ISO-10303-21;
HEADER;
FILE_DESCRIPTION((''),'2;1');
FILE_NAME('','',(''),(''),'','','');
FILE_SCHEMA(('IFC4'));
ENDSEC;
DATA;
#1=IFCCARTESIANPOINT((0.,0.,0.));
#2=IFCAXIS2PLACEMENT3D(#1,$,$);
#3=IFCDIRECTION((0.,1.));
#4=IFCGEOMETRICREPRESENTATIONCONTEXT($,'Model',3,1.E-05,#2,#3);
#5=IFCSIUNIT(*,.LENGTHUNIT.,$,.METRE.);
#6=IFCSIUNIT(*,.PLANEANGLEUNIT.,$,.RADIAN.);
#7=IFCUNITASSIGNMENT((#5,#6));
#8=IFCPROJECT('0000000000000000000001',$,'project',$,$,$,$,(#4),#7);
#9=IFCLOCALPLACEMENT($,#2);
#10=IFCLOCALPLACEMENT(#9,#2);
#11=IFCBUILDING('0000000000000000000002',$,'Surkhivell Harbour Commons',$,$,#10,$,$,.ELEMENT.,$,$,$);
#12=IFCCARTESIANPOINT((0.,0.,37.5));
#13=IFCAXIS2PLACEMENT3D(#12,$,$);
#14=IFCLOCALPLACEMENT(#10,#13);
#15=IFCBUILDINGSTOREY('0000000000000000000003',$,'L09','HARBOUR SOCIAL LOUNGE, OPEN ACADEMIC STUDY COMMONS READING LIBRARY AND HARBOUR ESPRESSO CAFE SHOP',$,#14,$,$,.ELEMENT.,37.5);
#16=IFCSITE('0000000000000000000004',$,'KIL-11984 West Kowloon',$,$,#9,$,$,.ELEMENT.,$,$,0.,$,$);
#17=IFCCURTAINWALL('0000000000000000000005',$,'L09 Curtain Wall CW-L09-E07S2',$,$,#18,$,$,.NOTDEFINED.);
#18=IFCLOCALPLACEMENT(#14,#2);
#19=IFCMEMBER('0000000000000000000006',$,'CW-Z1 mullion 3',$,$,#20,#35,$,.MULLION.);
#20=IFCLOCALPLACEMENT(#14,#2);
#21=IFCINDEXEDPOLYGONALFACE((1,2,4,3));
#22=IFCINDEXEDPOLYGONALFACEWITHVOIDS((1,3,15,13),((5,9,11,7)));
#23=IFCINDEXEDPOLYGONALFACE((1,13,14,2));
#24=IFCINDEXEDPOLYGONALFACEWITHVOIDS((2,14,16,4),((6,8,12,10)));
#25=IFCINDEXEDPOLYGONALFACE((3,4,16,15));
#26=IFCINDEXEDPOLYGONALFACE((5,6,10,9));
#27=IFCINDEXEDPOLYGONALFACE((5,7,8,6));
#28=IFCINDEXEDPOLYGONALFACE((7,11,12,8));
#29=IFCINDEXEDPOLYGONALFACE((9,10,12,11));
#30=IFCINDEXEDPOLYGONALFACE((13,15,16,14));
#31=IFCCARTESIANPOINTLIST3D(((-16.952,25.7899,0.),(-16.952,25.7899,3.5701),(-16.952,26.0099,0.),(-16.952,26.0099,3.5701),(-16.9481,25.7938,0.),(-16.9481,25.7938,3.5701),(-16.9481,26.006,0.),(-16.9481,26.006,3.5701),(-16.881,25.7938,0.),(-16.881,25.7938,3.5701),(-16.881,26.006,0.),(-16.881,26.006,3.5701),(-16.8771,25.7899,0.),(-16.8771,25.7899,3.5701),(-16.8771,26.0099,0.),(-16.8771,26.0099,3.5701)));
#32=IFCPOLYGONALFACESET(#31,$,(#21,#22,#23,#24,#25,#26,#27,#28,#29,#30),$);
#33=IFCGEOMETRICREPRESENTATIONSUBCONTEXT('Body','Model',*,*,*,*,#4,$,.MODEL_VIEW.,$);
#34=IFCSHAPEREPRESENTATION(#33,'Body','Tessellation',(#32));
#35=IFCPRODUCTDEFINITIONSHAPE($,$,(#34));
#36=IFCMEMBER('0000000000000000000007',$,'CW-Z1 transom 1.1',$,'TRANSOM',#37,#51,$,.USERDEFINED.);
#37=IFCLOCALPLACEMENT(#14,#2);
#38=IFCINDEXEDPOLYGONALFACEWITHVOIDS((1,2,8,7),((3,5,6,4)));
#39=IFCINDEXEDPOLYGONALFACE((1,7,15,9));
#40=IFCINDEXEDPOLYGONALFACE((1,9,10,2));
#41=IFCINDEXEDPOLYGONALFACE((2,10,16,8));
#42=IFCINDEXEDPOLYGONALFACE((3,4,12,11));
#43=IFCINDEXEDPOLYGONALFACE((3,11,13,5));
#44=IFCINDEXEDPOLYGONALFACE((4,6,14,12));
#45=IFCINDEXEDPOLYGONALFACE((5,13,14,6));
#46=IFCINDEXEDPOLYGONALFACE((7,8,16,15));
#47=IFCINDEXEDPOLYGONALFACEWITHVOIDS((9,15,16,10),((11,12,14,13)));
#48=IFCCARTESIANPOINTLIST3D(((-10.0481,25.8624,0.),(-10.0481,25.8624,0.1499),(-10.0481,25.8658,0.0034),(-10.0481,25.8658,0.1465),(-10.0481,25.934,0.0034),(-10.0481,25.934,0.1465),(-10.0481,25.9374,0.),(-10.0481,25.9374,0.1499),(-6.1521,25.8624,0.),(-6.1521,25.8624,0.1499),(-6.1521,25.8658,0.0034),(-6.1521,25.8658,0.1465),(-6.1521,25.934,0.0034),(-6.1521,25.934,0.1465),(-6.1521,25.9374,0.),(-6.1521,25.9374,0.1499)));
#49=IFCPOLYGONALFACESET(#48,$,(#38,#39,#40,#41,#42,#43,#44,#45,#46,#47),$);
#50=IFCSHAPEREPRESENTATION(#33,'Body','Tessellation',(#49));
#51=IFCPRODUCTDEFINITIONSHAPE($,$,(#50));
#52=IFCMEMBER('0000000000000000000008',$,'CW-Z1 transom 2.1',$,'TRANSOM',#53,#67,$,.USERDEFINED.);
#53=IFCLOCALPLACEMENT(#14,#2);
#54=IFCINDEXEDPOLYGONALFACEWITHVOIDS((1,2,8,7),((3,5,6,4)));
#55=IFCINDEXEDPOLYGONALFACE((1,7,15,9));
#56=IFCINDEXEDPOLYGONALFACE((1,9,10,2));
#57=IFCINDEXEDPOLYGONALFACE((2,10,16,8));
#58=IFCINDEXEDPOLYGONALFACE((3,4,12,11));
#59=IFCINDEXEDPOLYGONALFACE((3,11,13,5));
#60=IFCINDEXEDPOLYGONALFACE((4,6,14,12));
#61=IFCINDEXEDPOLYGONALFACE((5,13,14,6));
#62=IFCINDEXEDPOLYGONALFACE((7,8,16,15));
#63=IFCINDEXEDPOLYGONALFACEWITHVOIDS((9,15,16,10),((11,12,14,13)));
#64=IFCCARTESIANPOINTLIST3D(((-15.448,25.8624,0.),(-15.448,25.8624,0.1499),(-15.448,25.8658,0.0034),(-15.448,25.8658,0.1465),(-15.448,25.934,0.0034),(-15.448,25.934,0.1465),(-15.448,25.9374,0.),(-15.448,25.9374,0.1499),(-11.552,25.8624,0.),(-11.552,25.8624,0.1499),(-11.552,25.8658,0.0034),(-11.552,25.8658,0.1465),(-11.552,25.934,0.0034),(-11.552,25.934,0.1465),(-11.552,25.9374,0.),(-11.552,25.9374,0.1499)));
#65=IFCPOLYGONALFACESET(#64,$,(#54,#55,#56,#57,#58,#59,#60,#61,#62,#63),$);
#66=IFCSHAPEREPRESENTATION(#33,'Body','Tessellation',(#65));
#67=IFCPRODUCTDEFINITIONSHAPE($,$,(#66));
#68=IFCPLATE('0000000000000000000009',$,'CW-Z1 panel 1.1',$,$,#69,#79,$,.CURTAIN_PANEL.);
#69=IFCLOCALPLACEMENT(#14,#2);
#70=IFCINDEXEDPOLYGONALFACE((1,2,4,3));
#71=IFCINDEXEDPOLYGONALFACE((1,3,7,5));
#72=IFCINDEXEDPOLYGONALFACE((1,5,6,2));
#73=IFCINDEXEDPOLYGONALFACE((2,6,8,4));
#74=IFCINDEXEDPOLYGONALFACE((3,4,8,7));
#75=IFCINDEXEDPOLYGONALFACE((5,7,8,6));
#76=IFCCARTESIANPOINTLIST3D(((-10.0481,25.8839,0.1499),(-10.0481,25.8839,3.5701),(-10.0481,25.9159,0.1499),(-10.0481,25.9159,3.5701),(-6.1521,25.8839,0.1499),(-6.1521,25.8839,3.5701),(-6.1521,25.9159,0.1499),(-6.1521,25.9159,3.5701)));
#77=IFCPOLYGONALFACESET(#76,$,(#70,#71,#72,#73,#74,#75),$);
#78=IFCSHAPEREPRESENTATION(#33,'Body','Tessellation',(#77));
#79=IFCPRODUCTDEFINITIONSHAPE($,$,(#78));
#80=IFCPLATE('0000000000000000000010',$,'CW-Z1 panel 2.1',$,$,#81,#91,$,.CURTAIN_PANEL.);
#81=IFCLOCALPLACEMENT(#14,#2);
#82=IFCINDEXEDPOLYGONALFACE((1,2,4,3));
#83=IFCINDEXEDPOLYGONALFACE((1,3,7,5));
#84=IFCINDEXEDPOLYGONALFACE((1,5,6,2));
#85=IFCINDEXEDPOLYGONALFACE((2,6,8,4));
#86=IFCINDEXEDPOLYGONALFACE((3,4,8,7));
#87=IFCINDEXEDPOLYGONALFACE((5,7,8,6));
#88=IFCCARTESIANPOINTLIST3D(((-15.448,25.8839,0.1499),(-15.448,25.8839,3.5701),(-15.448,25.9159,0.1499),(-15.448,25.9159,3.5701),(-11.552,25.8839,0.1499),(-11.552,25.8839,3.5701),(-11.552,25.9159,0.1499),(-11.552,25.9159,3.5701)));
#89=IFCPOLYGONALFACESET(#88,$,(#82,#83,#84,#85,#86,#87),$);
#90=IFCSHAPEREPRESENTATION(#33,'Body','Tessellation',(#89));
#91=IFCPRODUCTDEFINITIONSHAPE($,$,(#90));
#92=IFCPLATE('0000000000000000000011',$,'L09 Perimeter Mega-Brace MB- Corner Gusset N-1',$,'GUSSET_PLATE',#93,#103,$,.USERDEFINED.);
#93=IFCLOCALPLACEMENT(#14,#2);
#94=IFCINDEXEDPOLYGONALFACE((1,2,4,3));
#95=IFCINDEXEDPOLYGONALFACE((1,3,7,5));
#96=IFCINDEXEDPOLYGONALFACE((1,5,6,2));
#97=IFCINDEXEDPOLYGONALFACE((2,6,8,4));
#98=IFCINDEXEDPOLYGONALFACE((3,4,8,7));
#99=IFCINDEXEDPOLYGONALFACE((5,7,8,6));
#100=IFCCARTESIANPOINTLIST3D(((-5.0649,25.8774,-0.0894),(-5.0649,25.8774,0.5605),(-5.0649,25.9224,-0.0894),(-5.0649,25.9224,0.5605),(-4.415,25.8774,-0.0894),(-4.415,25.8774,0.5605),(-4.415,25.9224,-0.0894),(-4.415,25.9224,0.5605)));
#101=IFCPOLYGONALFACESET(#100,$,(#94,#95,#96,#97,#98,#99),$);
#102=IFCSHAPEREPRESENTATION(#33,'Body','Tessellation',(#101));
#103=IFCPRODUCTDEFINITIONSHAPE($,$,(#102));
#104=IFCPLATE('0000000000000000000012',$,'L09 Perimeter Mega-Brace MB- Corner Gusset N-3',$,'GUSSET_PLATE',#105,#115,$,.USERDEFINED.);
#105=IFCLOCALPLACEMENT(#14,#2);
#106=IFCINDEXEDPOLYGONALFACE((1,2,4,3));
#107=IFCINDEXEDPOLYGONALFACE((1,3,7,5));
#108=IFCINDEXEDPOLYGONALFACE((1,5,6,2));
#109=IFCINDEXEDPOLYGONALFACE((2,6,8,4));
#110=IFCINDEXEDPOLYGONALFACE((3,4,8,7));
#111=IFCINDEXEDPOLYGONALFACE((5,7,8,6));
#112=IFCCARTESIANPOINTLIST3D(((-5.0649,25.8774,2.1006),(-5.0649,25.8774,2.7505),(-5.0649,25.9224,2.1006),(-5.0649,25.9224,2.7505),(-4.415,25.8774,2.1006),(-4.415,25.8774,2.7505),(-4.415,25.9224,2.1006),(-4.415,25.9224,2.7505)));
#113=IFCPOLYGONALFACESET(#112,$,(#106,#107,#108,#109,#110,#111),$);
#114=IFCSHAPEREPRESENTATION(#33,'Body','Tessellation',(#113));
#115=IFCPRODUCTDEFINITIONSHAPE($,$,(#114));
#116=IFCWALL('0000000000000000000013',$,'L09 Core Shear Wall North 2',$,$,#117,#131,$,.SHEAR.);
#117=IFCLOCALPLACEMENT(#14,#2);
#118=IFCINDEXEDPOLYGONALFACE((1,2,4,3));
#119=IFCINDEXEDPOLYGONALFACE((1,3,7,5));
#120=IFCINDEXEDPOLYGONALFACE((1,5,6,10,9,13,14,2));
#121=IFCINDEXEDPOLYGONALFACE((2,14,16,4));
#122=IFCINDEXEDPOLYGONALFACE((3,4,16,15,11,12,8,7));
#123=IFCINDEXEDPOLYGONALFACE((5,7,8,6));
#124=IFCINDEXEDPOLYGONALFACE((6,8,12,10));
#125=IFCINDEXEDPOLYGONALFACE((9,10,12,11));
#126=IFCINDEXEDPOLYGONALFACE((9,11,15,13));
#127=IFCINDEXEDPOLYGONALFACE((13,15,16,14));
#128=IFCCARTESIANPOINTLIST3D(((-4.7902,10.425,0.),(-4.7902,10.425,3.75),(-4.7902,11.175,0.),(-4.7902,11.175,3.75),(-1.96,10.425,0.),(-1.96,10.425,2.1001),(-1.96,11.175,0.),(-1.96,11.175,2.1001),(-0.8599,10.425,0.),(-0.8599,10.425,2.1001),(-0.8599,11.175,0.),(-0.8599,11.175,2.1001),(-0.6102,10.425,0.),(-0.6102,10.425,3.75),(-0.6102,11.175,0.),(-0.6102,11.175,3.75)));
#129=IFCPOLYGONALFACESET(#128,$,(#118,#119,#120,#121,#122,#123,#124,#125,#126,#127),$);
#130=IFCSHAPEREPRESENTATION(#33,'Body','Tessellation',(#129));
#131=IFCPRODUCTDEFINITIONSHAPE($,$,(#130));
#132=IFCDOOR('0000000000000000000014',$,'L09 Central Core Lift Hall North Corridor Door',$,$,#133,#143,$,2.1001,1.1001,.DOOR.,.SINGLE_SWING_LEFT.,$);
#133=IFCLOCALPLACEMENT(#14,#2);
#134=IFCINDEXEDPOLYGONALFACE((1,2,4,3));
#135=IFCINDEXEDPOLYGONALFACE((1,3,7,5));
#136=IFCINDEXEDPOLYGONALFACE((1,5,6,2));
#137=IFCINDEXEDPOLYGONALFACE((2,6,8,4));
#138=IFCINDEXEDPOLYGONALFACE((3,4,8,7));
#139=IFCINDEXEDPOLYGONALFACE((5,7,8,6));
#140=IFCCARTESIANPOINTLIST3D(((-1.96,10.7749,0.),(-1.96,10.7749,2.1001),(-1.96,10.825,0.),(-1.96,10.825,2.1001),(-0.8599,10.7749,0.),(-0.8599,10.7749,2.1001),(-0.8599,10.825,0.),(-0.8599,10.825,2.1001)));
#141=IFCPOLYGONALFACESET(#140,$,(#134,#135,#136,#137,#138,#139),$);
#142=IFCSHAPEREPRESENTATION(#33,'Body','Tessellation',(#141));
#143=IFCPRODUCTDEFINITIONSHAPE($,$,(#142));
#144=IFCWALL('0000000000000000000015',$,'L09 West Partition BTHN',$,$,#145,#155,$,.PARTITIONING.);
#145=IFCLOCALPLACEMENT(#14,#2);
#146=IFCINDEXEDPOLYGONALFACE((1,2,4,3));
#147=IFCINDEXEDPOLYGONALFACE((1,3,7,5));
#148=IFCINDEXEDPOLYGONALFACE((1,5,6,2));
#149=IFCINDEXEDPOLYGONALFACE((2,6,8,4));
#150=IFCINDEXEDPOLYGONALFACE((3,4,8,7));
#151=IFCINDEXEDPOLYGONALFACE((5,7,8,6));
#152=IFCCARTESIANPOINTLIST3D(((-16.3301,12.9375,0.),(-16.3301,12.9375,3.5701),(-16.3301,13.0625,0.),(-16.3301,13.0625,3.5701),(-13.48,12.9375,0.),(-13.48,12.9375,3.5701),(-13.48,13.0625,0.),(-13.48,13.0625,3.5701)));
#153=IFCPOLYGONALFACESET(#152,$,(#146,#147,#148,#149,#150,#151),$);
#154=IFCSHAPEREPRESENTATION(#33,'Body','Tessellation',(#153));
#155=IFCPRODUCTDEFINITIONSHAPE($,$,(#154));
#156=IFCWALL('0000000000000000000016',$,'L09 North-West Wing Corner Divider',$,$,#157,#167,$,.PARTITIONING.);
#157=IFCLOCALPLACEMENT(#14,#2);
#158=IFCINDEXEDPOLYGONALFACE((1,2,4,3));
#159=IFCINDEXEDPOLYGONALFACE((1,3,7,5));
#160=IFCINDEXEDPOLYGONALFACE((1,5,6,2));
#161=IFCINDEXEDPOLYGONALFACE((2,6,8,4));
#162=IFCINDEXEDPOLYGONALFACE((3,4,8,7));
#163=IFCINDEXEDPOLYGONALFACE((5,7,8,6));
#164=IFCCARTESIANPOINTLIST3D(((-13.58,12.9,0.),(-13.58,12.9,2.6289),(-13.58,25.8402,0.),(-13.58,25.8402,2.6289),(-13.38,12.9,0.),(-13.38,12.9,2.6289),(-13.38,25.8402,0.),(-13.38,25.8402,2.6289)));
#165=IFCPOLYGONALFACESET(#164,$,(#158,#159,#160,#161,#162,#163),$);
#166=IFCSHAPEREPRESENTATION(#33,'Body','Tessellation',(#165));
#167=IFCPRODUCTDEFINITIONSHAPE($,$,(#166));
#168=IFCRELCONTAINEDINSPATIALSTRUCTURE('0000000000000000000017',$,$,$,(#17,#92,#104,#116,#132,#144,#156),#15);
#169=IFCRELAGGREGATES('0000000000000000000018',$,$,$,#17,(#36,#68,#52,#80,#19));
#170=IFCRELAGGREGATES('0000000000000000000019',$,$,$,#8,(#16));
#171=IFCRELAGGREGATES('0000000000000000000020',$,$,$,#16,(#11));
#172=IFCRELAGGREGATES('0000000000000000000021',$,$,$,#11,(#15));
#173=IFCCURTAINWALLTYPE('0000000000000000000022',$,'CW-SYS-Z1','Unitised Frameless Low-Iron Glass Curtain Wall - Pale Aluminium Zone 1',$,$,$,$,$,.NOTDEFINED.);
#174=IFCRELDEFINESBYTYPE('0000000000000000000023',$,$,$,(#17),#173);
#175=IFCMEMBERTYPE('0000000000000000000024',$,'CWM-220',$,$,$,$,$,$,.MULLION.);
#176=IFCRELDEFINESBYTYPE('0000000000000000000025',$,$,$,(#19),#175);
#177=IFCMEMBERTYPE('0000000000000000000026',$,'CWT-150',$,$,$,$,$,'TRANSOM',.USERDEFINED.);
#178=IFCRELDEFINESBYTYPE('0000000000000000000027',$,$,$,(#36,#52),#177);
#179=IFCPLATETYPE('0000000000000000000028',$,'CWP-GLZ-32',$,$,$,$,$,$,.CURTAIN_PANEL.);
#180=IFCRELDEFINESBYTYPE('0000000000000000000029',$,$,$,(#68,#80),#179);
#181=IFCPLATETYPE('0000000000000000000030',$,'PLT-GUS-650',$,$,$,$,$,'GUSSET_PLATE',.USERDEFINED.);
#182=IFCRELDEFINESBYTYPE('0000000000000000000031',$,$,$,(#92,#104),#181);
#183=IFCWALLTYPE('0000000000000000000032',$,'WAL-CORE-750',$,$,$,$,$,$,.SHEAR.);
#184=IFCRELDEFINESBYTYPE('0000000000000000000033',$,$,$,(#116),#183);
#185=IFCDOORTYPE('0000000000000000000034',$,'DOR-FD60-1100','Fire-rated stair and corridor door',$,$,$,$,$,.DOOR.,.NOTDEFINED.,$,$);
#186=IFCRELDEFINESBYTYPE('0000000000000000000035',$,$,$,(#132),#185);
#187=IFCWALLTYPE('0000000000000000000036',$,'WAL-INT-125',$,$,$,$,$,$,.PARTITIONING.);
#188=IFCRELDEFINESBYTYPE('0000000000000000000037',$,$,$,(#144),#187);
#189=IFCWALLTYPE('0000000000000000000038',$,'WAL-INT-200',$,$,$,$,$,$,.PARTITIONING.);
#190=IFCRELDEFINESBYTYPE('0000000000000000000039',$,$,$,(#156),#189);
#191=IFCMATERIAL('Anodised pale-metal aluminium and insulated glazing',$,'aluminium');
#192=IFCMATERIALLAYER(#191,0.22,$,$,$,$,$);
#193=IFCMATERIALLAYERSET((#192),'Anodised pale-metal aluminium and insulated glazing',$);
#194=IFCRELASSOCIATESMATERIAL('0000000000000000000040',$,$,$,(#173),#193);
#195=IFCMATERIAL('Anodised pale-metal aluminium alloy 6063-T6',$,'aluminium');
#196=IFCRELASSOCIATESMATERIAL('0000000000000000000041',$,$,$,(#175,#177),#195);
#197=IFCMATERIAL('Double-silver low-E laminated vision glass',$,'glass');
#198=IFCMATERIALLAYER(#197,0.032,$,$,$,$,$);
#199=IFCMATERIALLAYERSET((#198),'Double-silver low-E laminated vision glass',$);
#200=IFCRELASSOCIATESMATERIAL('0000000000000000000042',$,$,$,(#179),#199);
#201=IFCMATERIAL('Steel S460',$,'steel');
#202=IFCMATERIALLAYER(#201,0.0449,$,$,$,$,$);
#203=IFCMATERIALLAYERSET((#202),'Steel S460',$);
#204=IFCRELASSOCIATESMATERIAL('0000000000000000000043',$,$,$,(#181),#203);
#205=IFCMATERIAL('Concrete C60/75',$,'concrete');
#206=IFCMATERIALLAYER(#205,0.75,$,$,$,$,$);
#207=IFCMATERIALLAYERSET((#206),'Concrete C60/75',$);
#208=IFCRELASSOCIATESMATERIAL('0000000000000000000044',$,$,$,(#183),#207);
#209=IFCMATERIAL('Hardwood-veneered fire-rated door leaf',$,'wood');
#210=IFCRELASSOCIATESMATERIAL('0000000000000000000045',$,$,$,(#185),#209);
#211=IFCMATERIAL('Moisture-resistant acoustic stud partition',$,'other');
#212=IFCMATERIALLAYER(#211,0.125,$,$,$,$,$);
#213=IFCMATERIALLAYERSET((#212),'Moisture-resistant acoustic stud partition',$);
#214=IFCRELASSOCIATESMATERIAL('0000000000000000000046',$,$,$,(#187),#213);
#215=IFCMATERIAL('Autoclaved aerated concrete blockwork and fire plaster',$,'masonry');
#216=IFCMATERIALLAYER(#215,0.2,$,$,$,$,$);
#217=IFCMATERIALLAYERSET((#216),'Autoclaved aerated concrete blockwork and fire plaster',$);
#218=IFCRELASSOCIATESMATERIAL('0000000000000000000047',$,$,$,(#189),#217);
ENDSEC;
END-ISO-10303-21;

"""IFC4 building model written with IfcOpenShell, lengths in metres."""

from ifc_helpers import new_model, si_unit, direction, frame, frame_2d, origin, origin_2d, place, context, subcontext, project, spatial, rectangle, hollow_rectangle, extrude, material, layer, layer_set, material_profile, profile_set, type_object, element, fill, aggregate, save


model = new_model("IFC4")

# Units and contexts
model_context = context("Model", 3, precision=1e-05, world=origin(), true_north=direction((0.0, 1.0)))
body_context = subcontext(model_context, "Body", "Model", "MODEL_VIEW")
ifc_project = project(units=[si_unit("LENGTHUNIT", "METRE"), si_unit("PLANEANGLEUNIT", "RADIAN")], contexts=[model_context])

# Site, building, storey
site_placement = place(None, origin())
site = spatial("IfcSite", under=ifc_project, at=site_placement, Name="KIL-11984 West Kowloon", CompositionType="ELEMENT", RefElevation=0.0)
building_placement = place(site_placement, origin())
building = spatial("IfcBuilding", under=site, at=building_placement, Name="Surkhivell Harbour Commons", CompositionType="ELEMENT")
storey_placement = place(building_placement, frame((0.0, 0.0, 37.5)))
storey = spatial("IfcBuildingStorey", under=building, at=storey_placement, Name="L09", Description="HARBOUR SOCIAL LOUNGE, OPEN ACADEMIC STUDY COMMONS READING LIBRARY AND HARBOUR ESPRESSO CAFE SHOP", CompositionType="ELEMENT", Elevation=37.5)

# Shared definitions
ifc_material_1 = material(Name="Steel S460", Category="steel")

# Curtain wall, members, plates
ifc_material_2 = material(Name="Anodised pale-metal aluminium and insulated glazing", Category="aluminium")
ifc_layer_1 = layer(ifc_material_2, 0.22)
ifc_layer_set_1 = layer_set([ifc_layer_1], Name="Anodised pale-metal aluminium and insulated glazing")
curtain_wall_type = type_object("IfcCurtainWallType", Name="CW-SYS-Z1", Description="Unitised Frameless Low-Iron Glass Curtain Wall - Pale Aluminium Zone 1", PredefinedType="NOTDEFINED", material=ifc_layer_set_1)
curtain_wall_placement = place(storey_placement, origin())
curtain_wall = element("IfcCurtainWall", 1, at=curtain_wall_placement, inside=storey, type_object=curtain_wall_type, Name="L09 Curtain Wall CW-L09-E07S2", PredefinedType="NOTDEFINED")
ifc_material_3 = material(Name="Anodised pale-metal aluminium alloy 6063-T6", Category="aluminium")
ifc_material_profile_1 = material_profile(ifc_material_3, hollow_rectangle(XDim=0.075, YDim=0.22, WallThickness=0.0039, at=origin_2d()), Name="ALU-MULL-75x220")
ifc_profile_set_1 = profile_set([ifc_material_profile_1], Name="Anodised pale-metal aluminium alloy 6063-T6")
member_type_1 = type_object("IfcMemberType", Name="CWM-220", PredefinedType="MULLION", material=ifc_profile_set_1)
member_1_placement = place(storey_placement, frame((-16.9146, 25.8999, 0.0), z_axis=(0.0, 0.0, 1.0), x_axis=(-1.0, 0.0, 0.0)))
member_1 = element("IfcMember", 2, at=member_1_placement, type_object=member_type_1, Name="CW-Z1 mullion 3", PredefinedType="MULLION", context=body_context, shape_type="SweptSolid", body=[
    extrude(hollow_rectangle(XDim=0.075, YDim=0.22, WallThickness=0.0039, at=origin_2d()), origin(), (0.0, 0.0, 1.0), 3.5701),
])
ifc_material_profile_2 = material_profile(ifc_material_3, hollow_rectangle(XDim=0.075, YDim=0.1499, WallThickness=0.0034, at=origin_2d()), Name="ALU-TRAN-75x150")
ifc_profile_set_2 = profile_set([ifc_material_profile_2], Name="Anodised pale-metal aluminium alloy 6063-T6")
member_type_2 = type_object("IfcMemberType", Name="CWT-150", ElementType="TRANSOM", PredefinedType="USERDEFINED", material=ifc_profile_set_2)
member_2_placement = place(storey_placement, frame((-6.1521, 25.8999, 0.075), z_axis=(-1.0, 0.0, 0.0), x_axis=(0.0, -1.0, 0.0)))
member_2 = element("IfcMember", 3, at=member_2_placement, type_object=member_type_2, Name="CW-Z1 transom 1.1", ObjectType="TRANSOM", PredefinedType="USERDEFINED", context=body_context, shape_type="SweptSolid", body=[
    extrude(hollow_rectangle(XDim=0.075, YDim=0.1499, WallThickness=0.0034, at=origin_2d()), origin(), (0.0, 0.0, 1.0), 3.896),
])
member_3_placement = place(storey_placement, frame((-11.552, 25.8999, 0.075), z_axis=(-1.0, 0.0, 0.0), x_axis=(0.0, -1.0, 0.0)))
member_3 = element("IfcMember", 4, at=member_3_placement, type_object=member_type_2, Name="CW-Z1 transom 2.1", ObjectType="TRANSOM", PredefinedType="USERDEFINED", context=body_context, shape_type="SweptSolid", body=[
    extrude(hollow_rectangle(XDim=0.075, YDim=0.1499, WallThickness=0.0034, at=origin_2d()), origin(), (0.0, 0.0, 1.0), 3.896),
])
ifc_material_4 = material(Name="Double-silver low-E laminated vision glass", Category="glass")
ifc_layer_2 = layer(ifc_material_4, 0.032)
ifc_layer_set_2 = layer_set([ifc_layer_2], Name="Double-silver low-E laminated vision glass")
plate_type_1 = type_object("IfcPlateType", Name="CWP-GLZ-32", PredefinedType="CURTAIN_PANEL", material=ifc_layer_set_2)
plate_1_placement = place(storey_placement, frame((-6.1521, 25.8999, 0.1499), z_axis=(0.0, 0.0, 1.0), x_axis=(-1.0, 0.0, 0.0)))
plate_1 = element("IfcPlate", 5, at=plate_1_placement, type_object=plate_type_1, Name="CW-Z1 panel 1.1", PredefinedType="CURTAIN_PANEL", context=body_context, shape_type="SweptSolid", body=[
    extrude(rectangle(XDim=3.896, YDim=0.032, at=frame_2d((1.948, 0.0))), origin(), (0.0, 0.0, 1.0), 3.4202),
])
plate_2_placement = place(storey_placement, frame((-11.552, 25.8999, 0.1499), z_axis=(0.0, 0.0, 1.0), x_axis=(-1.0, 0.0, 0.0)))
plate_2 = element("IfcPlate", 6, at=plate_2_placement, type_object=plate_type_1, Name="CW-Z1 panel 2.1", PredefinedType="CURTAIN_PANEL", context=body_context, shape_type="SweptSolid", body=[
    extrude(rectangle(XDim=3.896, YDim=0.032, at=frame_2d((1.948, 0.0))), origin(), (0.0, 0.0, 1.0), 3.4202),
])
aggregate(curtain_wall, [member_2, plate_1, member_3, plate_2, member_1])

# Plates
ifc_layer_3 = layer(ifc_material_1, 0.0449)
ifc_layer_set_3 = layer_set([ifc_layer_3], Name="Steel S460")
plate_type_2 = type_object("IfcPlateType", Name="PLT-GUS-650", ElementType="GUSSET_PLATE", PredefinedType="USERDEFINED", material=ifc_layer_set_3)
for number, where, z_axis, x_axis, name in (
    (7, (-4.74, 25.8999, -0.0894), (0.0, 0.0, 1.0), (1.0, 0.0, 0.0), "L09 Perimeter Mega-Brace MB- Corner Gusset N-1"),
    (8, (-4.74, 25.8999, 2.1006), (0.0, 0.0, 1.0), (1.0, 0.0, 0.0), "L09 Perimeter Mega-Brace MB- Corner Gusset N-3"),
):
    element("IfcPlate", number, at=place(storey_placement, frame(where, z_axis=z_axis, x_axis=x_axis)), inside=storey, type_object=plate_type_2, Name=name, ObjectType="GUSSET_PLATE", PredefinedType="USERDEFINED", context=body_context, shape_type="SweptSolid", body=[
        extrude(rectangle(XDim=0.6499, YDim=0.0449, at=origin_2d()), origin(), (0.0, 0.0, 1.0), 0.6499),
    ])

# Wall, opening, door
ifc_material_5 = material(Name="Concrete C60/75", Category="concrete")
ifc_layer_4 = layer(ifc_material_5, 0.75)
ifc_layer_set_4 = layer_set([ifc_layer_4], Name="Concrete C60/75")
wall_type_1 = type_object("IfcWallType", Name="WAL-CORE-750", PredefinedType="SHEAR", material=ifc_layer_set_4)
wall_1_placement = place(storey_placement, frame((-4.79, 10.8, 0.0), z_axis=(0.0, 0.0, 1.0), x_axis=(1.0, 0.0, 0.0)))
wall_1 = element("IfcWall", 9, at=wall_1_placement, inside=storey, type_object=wall_type_1, Name="L09 Core Shear Wall North 2", PredefinedType="SHEAR", context=body_context, shape_type="SweptSolid", body=[
    extrude(rectangle(XDim=4.1799, YDim=0.75, at=frame_2d((2.0898, 0.0))), origin(), (0.0, 0.0, 1.0), 3.75),
])
opening_1_placement = place(wall_1_placement, frame((2.8301, 0.0, 0.0)))
opening_1 = element("IfcOpeningElement", 10, at=opening_1_placement, cuts=wall_1, PredefinedType="OPENING", context=body_context, shape_type="SweptSolid", body=[
    extrude(rectangle(XDim=1.1001, YDim=2.1001, at=frame_2d((0.55, 1.05))), frame((0.0, 0.385, 0.0), z_axis=(0.0, -1.0, 0.0), x_axis=(1.0, 0.0, 0.0)), (0.0, 0.0, 1.0), 0.77),
])
ifc_material_6 = material(Name="Hardwood-veneered fire-rated door leaf", Category="wood")
door_type_1 = type_object("IfcDoorType", Name="DOR-FD60-1100", Description="Fire-rated stair and corridor door", OperationType="NOTDEFINED", PredefinedType="DOOR", material=ifc_material_6)
door_1_placement = place(opening_1_placement, origin())
door_1 = element("IfcDoor", 11, at=door_1_placement, inside=storey, type_object=door_type_1, Name="L09 Central Core Lift Hall North Corridor Door", OperationType="SINGLE_SWING_LEFT", OverallHeight=2.1001, OverallWidth=1.1001, PredefinedType="DOOR", context=body_context, shape_type="SweptSolid", body=[
    extrude(rectangle(XDim=1.1001, YDim=2.1001, at=frame_2d((0.55, 1.05))), frame((0.0, 0.0249, 0.0), z_axis=(0.0, -1.0, 0.0), x_axis=(1.0, 0.0, 0.0)), (0.0, 0.0, 1.0), 0.05),
])
fill(opening_1, door_1)

# Walls
ifc_material_7 = material(Name="Moisture-resistant acoustic stud partition", Category="other")
ifc_layer_5 = layer(ifc_material_7, 0.125)
ifc_layer_set_5 = layer_set([ifc_layer_5], Name="Moisture-resistant acoustic stud partition")
wall_type_2 = type_object("IfcWallType", Name="WAL-INT-125", PredefinedType="PARTITIONING", material=ifc_layer_set_5)
wall_2_placement = place(storey_placement, frame((-16.3301, 13.0, 0.0), z_axis=(0.0, 0.0, 1.0), x_axis=(1.0, 0.0, 0.0)))
element("IfcWall", 12, at=wall_2_placement, inside=storey, type_object=wall_type_2, Name="L09 West Partition BTHN", PredefinedType="PARTITIONING", context=body_context, shape_type="SweptSolid", body=[
    extrude(rectangle(XDim=2.8501, YDim=0.125, at=frame_2d((1.425, 0.0))), origin(), (0.0, 0.0, 1.0), 3.5701),
])
ifc_material_8 = material(Name="Autoclaved aerated concrete blockwork and fire plaster", Category="masonry")
ifc_layer_6 = layer(ifc_material_8, 0.2)
ifc_layer_set_6 = layer_set([ifc_layer_6], Name="Autoclaved aerated concrete blockwork and fire plaster")
wall_type_3 = type_object("IfcWallType", Name="WAL-INT-200", PredefinedType="PARTITIONING", material=ifc_layer_set_6)
wall_3_placement = place(storey_placement, frame((-13.48, 12.8999, 0.0), z_axis=(0.0, 0.0, 1.0), x_axis=(0.0, 1.0, 0.0)))
element("IfcWall", 13, at=wall_3_placement, inside=storey, type_object=wall_type_3, Name="L09 North-West Wing Corner Divider", PredefinedType="PARTITIONING", context=body_context, shape_type="SweptSolid", body=[
    extrude(rectangle(XDim=12.9402, YDim=0.2, at=frame_2d((6.4702, 0.0))), origin(), (0.0, 0.0, 1.0), 2.6289),
])

save(model, "model.ifc")
